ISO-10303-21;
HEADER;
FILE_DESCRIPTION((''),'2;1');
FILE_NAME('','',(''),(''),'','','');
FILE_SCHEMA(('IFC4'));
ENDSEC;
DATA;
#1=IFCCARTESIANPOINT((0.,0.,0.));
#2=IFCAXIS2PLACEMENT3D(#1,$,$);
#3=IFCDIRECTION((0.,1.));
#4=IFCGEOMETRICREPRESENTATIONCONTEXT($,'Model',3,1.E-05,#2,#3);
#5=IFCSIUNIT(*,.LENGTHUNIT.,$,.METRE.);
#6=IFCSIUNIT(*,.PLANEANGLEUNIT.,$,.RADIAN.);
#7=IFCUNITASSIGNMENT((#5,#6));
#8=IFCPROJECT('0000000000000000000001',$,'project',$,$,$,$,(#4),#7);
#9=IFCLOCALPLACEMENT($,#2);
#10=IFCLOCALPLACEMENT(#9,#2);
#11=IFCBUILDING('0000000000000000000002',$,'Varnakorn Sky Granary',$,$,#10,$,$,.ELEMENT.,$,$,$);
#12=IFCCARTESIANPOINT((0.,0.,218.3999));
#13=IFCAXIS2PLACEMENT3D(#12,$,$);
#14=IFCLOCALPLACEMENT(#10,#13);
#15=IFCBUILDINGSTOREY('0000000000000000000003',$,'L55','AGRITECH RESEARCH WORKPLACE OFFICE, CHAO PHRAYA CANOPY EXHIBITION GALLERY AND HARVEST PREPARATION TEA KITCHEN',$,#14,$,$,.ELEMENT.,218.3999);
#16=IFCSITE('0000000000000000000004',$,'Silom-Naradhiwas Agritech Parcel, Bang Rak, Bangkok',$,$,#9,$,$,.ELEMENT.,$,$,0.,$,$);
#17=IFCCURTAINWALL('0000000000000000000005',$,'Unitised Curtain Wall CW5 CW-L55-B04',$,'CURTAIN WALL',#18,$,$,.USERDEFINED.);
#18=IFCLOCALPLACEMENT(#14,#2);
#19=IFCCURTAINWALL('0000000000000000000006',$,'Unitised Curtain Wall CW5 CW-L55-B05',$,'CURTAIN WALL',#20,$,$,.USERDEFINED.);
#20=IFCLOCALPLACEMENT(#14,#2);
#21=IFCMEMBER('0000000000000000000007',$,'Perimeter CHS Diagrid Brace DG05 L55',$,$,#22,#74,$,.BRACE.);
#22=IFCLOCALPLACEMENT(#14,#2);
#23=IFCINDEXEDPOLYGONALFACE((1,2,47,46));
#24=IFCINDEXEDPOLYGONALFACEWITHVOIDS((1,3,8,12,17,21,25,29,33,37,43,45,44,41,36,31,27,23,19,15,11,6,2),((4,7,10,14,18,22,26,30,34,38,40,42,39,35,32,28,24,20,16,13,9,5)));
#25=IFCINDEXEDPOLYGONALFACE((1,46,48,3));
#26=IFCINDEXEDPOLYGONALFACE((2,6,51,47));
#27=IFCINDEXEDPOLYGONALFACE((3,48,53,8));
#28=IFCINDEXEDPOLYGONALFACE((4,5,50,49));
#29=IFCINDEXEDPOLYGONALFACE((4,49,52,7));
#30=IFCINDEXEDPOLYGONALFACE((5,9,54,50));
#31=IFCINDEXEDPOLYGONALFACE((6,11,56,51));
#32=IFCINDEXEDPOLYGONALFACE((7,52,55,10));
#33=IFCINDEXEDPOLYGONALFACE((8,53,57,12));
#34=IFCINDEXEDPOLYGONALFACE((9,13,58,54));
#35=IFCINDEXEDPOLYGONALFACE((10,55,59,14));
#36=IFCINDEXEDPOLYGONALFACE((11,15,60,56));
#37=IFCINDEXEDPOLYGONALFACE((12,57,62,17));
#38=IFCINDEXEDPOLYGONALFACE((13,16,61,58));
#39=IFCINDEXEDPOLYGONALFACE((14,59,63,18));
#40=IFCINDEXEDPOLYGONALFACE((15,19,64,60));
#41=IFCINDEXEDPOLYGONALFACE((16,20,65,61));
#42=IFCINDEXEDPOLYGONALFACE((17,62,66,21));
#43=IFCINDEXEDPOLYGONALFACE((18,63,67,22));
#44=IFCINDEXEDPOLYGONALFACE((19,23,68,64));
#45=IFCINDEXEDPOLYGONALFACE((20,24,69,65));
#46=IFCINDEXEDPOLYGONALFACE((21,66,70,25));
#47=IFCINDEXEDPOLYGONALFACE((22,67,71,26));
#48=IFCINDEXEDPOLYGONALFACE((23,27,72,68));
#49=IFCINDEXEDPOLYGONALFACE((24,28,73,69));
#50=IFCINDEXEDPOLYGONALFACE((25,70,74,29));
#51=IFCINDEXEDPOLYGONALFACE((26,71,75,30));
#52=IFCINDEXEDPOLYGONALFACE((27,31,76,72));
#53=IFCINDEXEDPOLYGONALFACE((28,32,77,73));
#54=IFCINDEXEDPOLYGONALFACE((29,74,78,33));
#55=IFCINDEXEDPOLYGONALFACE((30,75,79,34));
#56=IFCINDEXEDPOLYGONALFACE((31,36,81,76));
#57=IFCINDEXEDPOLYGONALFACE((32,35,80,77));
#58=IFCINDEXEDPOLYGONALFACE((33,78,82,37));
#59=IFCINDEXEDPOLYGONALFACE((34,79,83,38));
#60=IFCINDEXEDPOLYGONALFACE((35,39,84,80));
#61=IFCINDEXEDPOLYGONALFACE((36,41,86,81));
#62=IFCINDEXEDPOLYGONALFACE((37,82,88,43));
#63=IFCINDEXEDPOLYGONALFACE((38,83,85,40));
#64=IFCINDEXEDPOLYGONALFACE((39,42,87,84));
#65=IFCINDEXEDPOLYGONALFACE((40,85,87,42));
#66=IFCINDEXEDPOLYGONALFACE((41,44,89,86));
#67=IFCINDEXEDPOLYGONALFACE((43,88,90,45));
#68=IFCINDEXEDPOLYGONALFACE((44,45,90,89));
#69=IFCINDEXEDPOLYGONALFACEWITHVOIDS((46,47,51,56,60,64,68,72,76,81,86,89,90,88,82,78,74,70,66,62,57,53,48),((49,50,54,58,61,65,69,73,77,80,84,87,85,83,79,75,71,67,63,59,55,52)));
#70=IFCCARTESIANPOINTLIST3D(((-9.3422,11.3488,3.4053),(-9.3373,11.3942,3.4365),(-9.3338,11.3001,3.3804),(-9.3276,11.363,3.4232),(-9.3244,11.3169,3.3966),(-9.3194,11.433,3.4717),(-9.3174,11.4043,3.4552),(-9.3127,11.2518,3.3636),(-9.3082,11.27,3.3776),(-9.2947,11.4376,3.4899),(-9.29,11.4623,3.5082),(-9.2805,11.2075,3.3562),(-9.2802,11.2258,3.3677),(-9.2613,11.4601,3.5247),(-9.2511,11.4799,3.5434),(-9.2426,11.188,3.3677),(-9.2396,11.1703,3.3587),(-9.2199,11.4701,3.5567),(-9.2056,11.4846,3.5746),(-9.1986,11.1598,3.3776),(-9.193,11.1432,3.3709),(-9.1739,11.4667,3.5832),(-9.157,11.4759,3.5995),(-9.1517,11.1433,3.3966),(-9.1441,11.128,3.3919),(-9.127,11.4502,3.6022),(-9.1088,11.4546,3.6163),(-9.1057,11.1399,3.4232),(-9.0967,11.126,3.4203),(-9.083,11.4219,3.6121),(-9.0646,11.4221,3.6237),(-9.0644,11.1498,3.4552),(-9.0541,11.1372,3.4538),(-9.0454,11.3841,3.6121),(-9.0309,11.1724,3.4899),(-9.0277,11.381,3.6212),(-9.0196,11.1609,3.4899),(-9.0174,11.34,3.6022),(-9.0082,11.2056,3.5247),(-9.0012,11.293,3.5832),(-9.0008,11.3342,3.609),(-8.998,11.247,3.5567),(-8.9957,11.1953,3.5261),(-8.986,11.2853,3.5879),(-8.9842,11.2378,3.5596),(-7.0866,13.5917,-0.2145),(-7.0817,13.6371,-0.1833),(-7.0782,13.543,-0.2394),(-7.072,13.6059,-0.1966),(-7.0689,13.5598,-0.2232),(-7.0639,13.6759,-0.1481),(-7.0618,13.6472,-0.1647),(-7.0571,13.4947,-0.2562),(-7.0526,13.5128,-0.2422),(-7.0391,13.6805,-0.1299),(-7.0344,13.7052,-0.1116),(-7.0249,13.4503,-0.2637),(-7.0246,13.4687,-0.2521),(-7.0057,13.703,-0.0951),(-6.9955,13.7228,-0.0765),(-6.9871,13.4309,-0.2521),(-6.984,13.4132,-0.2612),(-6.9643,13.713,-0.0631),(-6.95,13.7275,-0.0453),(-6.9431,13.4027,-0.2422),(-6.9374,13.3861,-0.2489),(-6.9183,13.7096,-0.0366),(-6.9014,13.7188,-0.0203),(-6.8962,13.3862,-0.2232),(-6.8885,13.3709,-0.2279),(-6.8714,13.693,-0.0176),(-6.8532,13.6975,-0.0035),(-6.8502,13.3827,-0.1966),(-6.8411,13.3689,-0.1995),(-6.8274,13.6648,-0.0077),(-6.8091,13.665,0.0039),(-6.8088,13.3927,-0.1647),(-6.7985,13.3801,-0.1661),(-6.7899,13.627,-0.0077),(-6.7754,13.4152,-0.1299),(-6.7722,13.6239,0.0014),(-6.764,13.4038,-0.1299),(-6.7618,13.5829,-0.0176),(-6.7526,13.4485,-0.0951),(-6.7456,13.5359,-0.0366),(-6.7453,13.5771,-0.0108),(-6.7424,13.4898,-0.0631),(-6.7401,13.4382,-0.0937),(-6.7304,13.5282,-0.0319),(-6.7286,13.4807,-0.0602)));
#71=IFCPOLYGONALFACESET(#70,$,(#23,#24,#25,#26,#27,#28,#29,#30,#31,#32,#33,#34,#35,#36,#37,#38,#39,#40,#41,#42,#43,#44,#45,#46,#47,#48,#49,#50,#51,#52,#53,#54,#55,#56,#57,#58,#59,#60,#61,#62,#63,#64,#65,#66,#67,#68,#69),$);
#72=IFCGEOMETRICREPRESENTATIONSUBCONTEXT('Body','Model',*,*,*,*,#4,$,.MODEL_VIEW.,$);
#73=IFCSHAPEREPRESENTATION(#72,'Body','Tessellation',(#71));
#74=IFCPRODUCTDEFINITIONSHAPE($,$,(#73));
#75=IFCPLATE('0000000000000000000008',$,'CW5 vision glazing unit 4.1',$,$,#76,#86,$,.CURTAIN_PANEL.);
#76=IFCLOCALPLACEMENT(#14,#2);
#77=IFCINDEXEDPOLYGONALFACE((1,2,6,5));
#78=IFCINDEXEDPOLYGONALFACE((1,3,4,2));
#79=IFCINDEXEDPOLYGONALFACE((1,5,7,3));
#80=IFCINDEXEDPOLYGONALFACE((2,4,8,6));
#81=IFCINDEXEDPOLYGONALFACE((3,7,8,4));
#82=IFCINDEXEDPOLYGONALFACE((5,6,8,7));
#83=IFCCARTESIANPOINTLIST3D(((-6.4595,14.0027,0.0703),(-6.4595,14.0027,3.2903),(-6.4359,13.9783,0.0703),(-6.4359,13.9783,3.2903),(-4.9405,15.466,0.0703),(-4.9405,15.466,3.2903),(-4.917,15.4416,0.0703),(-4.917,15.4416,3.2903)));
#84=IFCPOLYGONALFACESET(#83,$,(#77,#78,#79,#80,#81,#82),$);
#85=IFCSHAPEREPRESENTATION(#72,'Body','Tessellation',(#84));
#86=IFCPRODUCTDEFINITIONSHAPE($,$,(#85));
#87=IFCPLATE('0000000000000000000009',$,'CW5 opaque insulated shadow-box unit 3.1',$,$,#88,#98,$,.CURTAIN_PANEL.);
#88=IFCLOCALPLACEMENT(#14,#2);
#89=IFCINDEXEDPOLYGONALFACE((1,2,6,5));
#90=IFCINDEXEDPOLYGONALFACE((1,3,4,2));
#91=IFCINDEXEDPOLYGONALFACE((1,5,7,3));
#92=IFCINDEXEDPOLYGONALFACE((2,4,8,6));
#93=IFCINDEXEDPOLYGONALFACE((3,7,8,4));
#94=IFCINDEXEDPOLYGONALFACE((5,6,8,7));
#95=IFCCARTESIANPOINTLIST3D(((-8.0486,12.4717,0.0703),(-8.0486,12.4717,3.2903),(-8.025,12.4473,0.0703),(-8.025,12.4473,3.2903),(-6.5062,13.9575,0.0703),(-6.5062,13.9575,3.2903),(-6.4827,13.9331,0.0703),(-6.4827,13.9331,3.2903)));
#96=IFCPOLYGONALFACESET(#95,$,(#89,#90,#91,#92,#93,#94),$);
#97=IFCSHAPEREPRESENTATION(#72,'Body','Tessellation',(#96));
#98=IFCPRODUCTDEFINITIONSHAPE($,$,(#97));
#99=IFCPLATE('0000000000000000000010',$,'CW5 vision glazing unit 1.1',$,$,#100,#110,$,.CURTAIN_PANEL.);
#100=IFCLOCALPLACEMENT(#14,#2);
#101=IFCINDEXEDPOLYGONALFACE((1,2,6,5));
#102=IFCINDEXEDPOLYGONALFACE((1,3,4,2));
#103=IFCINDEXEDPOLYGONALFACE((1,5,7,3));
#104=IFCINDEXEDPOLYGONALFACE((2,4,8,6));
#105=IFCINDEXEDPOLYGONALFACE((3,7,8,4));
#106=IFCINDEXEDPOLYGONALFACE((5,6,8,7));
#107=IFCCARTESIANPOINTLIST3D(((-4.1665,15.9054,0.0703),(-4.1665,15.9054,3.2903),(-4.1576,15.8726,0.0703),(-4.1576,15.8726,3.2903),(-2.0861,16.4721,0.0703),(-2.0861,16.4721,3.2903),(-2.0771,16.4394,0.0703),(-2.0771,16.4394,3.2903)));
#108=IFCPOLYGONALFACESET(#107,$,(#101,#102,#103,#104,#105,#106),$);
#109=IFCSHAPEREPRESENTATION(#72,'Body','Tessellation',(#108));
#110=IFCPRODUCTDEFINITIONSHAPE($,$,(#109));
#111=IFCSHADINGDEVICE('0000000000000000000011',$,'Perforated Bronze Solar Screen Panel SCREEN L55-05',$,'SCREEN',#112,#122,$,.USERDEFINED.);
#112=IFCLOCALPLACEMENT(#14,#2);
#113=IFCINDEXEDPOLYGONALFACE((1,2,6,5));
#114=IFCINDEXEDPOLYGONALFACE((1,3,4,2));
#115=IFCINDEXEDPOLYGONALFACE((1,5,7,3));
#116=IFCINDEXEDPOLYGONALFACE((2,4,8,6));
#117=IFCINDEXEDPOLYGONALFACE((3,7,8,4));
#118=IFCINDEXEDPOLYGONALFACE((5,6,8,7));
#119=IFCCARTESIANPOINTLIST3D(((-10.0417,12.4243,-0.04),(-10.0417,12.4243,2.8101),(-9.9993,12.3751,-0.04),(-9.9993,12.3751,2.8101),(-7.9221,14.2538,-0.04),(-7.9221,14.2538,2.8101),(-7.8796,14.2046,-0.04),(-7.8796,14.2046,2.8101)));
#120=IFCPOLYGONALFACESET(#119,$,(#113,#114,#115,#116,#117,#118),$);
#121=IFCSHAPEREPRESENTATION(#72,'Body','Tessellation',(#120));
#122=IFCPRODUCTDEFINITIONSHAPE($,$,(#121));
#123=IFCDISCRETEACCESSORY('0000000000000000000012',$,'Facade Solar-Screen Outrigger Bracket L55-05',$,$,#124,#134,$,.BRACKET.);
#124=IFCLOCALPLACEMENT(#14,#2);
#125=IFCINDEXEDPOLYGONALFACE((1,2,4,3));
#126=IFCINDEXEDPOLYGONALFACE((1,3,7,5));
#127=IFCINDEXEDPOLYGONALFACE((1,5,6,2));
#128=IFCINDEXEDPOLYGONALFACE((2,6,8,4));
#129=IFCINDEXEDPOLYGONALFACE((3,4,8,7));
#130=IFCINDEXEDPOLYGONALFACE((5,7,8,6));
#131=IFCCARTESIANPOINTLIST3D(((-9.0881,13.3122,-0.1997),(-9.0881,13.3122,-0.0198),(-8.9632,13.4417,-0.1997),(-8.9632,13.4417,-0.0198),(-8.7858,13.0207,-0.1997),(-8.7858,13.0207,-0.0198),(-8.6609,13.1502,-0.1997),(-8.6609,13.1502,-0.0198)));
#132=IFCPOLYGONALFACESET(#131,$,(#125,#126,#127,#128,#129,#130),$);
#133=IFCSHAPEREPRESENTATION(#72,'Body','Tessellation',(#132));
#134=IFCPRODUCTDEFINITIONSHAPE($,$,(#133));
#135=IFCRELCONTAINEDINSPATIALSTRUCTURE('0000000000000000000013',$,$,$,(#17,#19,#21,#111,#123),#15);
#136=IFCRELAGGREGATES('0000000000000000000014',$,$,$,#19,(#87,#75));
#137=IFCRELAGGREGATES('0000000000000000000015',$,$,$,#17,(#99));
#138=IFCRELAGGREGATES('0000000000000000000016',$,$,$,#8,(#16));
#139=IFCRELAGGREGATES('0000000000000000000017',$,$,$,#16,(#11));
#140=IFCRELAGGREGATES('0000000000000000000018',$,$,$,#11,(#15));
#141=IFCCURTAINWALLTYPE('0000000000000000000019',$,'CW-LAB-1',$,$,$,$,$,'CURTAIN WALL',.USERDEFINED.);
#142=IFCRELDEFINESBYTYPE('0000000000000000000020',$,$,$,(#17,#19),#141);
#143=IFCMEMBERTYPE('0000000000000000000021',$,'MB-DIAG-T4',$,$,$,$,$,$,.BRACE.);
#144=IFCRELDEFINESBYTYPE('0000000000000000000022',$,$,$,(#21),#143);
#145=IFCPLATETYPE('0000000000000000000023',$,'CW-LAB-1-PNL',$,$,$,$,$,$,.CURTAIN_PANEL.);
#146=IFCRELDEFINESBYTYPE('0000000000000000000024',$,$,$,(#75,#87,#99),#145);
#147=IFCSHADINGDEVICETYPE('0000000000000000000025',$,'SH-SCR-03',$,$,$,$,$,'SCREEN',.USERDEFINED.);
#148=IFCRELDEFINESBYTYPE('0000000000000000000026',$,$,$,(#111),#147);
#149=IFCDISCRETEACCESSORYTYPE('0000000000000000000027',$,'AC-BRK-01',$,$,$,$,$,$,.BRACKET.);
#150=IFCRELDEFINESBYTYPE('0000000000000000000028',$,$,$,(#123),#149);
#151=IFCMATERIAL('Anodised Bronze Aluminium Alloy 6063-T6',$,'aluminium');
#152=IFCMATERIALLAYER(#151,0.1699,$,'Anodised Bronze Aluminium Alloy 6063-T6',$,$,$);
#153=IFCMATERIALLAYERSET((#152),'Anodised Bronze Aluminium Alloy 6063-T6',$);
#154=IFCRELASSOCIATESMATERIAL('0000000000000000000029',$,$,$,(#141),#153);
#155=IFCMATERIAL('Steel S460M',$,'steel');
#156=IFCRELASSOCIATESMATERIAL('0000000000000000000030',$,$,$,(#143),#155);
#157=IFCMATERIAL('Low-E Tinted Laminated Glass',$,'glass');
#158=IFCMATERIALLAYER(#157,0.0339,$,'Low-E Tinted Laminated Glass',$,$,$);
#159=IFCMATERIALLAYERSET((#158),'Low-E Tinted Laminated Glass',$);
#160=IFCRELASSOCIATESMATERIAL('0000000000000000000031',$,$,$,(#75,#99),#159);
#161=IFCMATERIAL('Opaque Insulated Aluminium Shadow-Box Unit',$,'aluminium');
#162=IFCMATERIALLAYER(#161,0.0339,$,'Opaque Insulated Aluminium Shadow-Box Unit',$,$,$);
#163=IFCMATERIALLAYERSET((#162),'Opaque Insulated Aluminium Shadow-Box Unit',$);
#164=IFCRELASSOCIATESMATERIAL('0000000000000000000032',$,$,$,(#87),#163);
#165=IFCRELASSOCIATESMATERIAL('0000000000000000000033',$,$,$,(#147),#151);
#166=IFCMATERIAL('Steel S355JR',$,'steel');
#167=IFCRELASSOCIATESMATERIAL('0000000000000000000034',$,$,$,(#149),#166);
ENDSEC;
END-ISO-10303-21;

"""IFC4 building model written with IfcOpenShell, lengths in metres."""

from ifc_helpers import new_model, si_unit, direction, frame, origin, origin_2d, place, context, subcontext, project, spatial, rectangle, hollow_circle, extrude, source, transform, mapped, material, layer, layer_set, material_profile, profile_set, type_object, type_shapes, element, aggregate, save


model = new_model("IFC4")

# Units and contexts
model_context = context("Model", 3, precision=1e-05, world=origin(), true_north=direction((0.0, 1.0)))
body_context = subcontext(model_context, "Body", "Model", "MODEL_VIEW")
ifc_project = project(units=[si_unit("LENGTHUNIT", "METRE"), si_unit("PLANEANGLEUNIT", "RADIAN")], contexts=[model_context])

# Site, building, storey
site_placement = place(None, origin())
site = spatial("IfcSite", under=ifc_project, at=site_placement, Name="Silom-Naradhiwas Agritech Parcel, Bang Rak, Bangkok", CompositionType="ELEMENT", RefElevation=0.0)
building_placement = place(site_placement, origin())
building = spatial("IfcBuilding", under=site, at=building_placement, Name="Varnakorn Sky Granary", CompositionType="ELEMENT")
storey_placement = place(building_placement, frame((0.0, 0.0, 218.3999)))
storey = spatial("IfcBuildingStorey", under=building, at=storey_placement, Name="L55", Description="AGRITECH RESEARCH WORKPLACE OFFICE, CHAO PHRAYA CANOPY EXHIBITION GALLERY AND HARVEST PREPARATION TEA KITCHEN", CompositionType="ELEMENT", Elevation=218.3999)

# Shared definitions
ifc_material_1 = material(Name="Steel S460M", Category="steel")

# Shared definitions
ifc_material_2 = material(Name="Steel S355JR", Category="steel")

# Curtain wall
ifc_material_3 = material(Name="Anodised Bronze Aluminium Alloy 6063-T6", Category="aluminium")
ifc_layer_1 = layer(ifc_material_3, 0.1699, Name="Anodised Bronze Aluminium Alloy 6063-T6")
ifc_layer_set_1 = layer_set([ifc_layer_1], Name="Anodised Bronze Aluminium Alloy 6063-T6")
curtain_wall_type = type_object("IfcCurtainWallType", Name="CW-LAB-1", ElementType="CURTAIN WALL", PredefinedType="USERDEFINED", material=ifc_layer_set_1)
curtain_wall_1_placement = place(storey_placement, origin())
curtain_wall_1 = element("IfcCurtainWall", 1, at=curtain_wall_1_placement, inside=storey, type_object=curtain_wall_type, Name="Unitised Curtain Wall CW5 CW-L55-B04", ObjectType="CURTAIN WALL", PredefinedType="USERDEFINED")

# Curtain wall
curtain_wall_2_placement = place(storey_placement, origin())
curtain_wall_2 = element("IfcCurtainWall", 2, at=curtain_wall_2_placement, inside=storey, type_object=curtain_wall_type, Name="Unitised Curtain Wall CW5 CW-L55-B05", ObjectType="CURTAIN WALL", PredefinedType="USERDEFINED")

# Member
ifc_material_profile_1 = material_profile(ifc_material_1, hollow_circle(Radius=0.2031, WallThickness=0.0161, at=origin_2d()), Name="CHS 406.4x16")
ifc_profile_set_1 = profile_set([ifc_material_profile_1], Name="Steel S460M")
member_type_1 = type_object("IfcMemberType", Name="MB-DIAG-T4", PredefinedType="BRACE", material=ifc_profile_set_1)
member_1_placement = place(storey_placement, frame((-6.9072, 13.5479, -0.1299), z_axis=(-0.468075, -0.465441, 0.75118), x_axis=(0.705108, -0.709099, 0.0)))
element("IfcMember", 3, at=member_1_placement, inside=storey, type_object=member_type_1, Name="Perimeter CHS Diagrid Brace DG05 L55", PredefinedType="BRACE", context=body_context, shape_type="SweptSolid", body=[
    extrude(hollow_circle(Radius=0.2031, WallThickness=0.0161, at=origin_2d()), origin(), (0.0, 0.0, 1.0), 4.8188),
])

# Plates
ifc_material_4 = material(Name="Low-E Tinted Laminated Glass", Category="glass")
ifc_layer_2 = layer(ifc_material_4, 0.0339, Name="Low-E Tinted Laminated Glass")
ifc_layer_set_2 = layer_set([ifc_layer_2], Name="Low-E Tinted Laminated Glass")
plate_type = type_object("IfcPlateType", Name="CW-LAB-1-PNL", PredefinedType="CURTAIN_PANEL")
shared_shape_1 = source(origin(), body_context, "Body", "SweptSolid", [
    extrude(rectangle(XDim=2.1091, YDim=0.0339, at=origin_2d()), origin(), (0.0, 0.0, 1.0), 3.22),
])
plate_1_placement = place(storey_placement, frame((-5.6882, 14.7222, 0.0703), z_axis=(0.0, 0.0, 1.0), x_axis=(0.720182, 0.693785, 0.0)))
plate_1 = element("IfcPlate", 4, at=plate_1_placement, type_object=plate_type, material=ifc_layer_set_2, Name="CW5 vision glazing unit 4.1", PredefinedType="CURTAIN_PANEL", context=body_context, shape_type="MappedRepresentation", body=[
    mapped(shared_shape_1, transform((0.0, 0.0, 0.0), x_axis=(1.0, 0.0, 0.0), y_axis=(0.0, 1.0, 0.0), z_axis=(0.0, 0.0, 1.0), scale=1.0)),
])
ifc_material_5 = material(Name="Opaque Insulated Aluminium Shadow-Box Unit", Category="aluminium")
ifc_layer_3 = layer(ifc_material_5, 0.0339, Name="Opaque Insulated Aluminium Shadow-Box Unit")
ifc_layer_set_3 = layer_set([ifc_layer_3], Name="Opaque Insulated Aluminium Shadow-Box Unit")
shared_shape_2 = source(origin(), body_context, "Body", "SweptSolid", [
    extrude(rectangle(XDim=2.1416, YDim=0.0339, at=origin_2d()), origin(), (0.0, 0.0, 1.0), 3.22),
])
plate_2_placement = place(storey_placement, frame((-7.2656, 13.2024, 0.0703), z_axis=(0.0, 0.0, 1.0), x_axis=(0.720182, 0.693785, 0.0)))
plate_2 = element("IfcPlate", 5, at=plate_2_placement, type_object=plate_type, material=ifc_layer_set_3, Name="CW5 opaque insulated shadow-box unit 3.1", PredefinedType="CURTAIN_PANEL", context=body_context, shape_type="MappedRepresentation", body=[
    mapped(shared_shape_2, transform((0.0, 0.0, 0.0), x_axis=(1.0, 0.0, 0.0), y_axis=(0.0, 1.0, 0.0), z_axis=(0.0, 0.0, 1.0), scale=1.0)),
])
aggregate(curtain_wall_2, [plate_2, plate_1])
shared_shape_3 = source(origin(), body_context, "Body", "SweptSolid", [
    extrude(rectangle(XDim=2.1562, YDim=0.0339, at=origin_2d()), origin(), (0.0, 0.0, 1.0), 3.22),
])
type_shapes(plate_type, [shared_shape_1, shared_shape_2, shared_shape_3])
plate_3_placement = place(storey_placement, frame((-3.1218, 16.1724, 0.0703), z_axis=(0.0, 0.0, 1.0), x_axis=(0.964842, 0.262829, 0.0)))
plate_3 = element("IfcPlate", 6, at=plate_3_placement, type_object=plate_type, material=ifc_layer_set_2, Name="CW5 vision glazing unit 1.1", PredefinedType="CURTAIN_PANEL", context=body_context, shape_type="MappedRepresentation", body=[
    mapped(shared_shape_3, transform((0.0, 0.0, 0.0), x_axis=(1.0, 0.0, 0.0), y_axis=(0.0, 1.0, 0.0), z_axis=(0.0, 0.0, 1.0), scale=1.0)),
])
aggregate(curtain_wall_1, [plate_3])

# Shading device
shading_device_type = type_object("IfcShadingDeviceType", Name="SH-SCR-03", ElementType="SCREEN", PredefinedType="USERDEFINED", material=ifc_material_3)
shared_shape_4 = source(origin(), body_context, "Body", "SweptSolid", [
    extrude(rectangle(XDim=2.8, YDim=0.0649, at=origin_2d()), origin(), (0.0, 0.0, 1.0), 2.8501),
])
type_shapes(shading_device_type, [shared_shape_4])
shading_device_placement = place(storey_placement, frame((-8.9607, 13.3145, -0.04), z_axis=(0.0, 0.0, 1.0), x_axis=(-0.757015, -0.653397, 0.0)))
element("IfcShadingDevice", 7, at=shading_device_placement, inside=storey, type_object=shading_device_type, Name="Perforated Bronze Solar Screen Panel SCREEN L55-05", ObjectType="SCREEN", PredefinedType="USERDEFINED", context=body_context, shape_type="MappedRepresentation", body=[
    mapped(shared_shape_4, transform((0.0, 0.0, 0.0), x_axis=(1.0, 0.0, 0.0), y_axis=(0.0, 1.0, 0.0), z_axis=(0.0, 0.0, 1.0), scale=1.0)),
])

# Discrete accessory
discrete_accessory_type = type_object("IfcDiscreteAccessoryType", Name="AC-BRK-01", PredefinedType="BRACKET", material=ifc_material_2)
shared_shape_5 = source(origin(), body_context, "Body", "SweptSolid", [
    extrude(rectangle(XDim=0.1799, YDim=0.4199, at=origin_2d()), origin(), (0.0, 0.0, 1.0), 0.1799),
])
type_shapes(discrete_accessory_type, [shared_shape_5])
discrete_accessory_placement = place(storey_placement, frame((-8.8745, 13.2312, -0.1997), z_axis=(0.0, 0.0, 1.0), x_axis=(-0.694053, -0.719924, 0.0)))
element("IfcDiscreteAccessory", 8, at=discrete_accessory_placement, inside=storey, type_object=discrete_accessory_type, Name="Facade Solar-Screen Outrigger Bracket L55-05", PredefinedType="BRACKET", context=body_context, shape_type="MappedRepresentation", body=[
    mapped(shared_shape_5, transform((0.0, 0.0, 0.0), x_axis=(1.0, 0.0, 0.0), y_axis=(0.0, 1.0, 0.0), z_axis=(0.0, 0.0, 1.0), scale=1.0)),
])

save(model, "model.ifc")
